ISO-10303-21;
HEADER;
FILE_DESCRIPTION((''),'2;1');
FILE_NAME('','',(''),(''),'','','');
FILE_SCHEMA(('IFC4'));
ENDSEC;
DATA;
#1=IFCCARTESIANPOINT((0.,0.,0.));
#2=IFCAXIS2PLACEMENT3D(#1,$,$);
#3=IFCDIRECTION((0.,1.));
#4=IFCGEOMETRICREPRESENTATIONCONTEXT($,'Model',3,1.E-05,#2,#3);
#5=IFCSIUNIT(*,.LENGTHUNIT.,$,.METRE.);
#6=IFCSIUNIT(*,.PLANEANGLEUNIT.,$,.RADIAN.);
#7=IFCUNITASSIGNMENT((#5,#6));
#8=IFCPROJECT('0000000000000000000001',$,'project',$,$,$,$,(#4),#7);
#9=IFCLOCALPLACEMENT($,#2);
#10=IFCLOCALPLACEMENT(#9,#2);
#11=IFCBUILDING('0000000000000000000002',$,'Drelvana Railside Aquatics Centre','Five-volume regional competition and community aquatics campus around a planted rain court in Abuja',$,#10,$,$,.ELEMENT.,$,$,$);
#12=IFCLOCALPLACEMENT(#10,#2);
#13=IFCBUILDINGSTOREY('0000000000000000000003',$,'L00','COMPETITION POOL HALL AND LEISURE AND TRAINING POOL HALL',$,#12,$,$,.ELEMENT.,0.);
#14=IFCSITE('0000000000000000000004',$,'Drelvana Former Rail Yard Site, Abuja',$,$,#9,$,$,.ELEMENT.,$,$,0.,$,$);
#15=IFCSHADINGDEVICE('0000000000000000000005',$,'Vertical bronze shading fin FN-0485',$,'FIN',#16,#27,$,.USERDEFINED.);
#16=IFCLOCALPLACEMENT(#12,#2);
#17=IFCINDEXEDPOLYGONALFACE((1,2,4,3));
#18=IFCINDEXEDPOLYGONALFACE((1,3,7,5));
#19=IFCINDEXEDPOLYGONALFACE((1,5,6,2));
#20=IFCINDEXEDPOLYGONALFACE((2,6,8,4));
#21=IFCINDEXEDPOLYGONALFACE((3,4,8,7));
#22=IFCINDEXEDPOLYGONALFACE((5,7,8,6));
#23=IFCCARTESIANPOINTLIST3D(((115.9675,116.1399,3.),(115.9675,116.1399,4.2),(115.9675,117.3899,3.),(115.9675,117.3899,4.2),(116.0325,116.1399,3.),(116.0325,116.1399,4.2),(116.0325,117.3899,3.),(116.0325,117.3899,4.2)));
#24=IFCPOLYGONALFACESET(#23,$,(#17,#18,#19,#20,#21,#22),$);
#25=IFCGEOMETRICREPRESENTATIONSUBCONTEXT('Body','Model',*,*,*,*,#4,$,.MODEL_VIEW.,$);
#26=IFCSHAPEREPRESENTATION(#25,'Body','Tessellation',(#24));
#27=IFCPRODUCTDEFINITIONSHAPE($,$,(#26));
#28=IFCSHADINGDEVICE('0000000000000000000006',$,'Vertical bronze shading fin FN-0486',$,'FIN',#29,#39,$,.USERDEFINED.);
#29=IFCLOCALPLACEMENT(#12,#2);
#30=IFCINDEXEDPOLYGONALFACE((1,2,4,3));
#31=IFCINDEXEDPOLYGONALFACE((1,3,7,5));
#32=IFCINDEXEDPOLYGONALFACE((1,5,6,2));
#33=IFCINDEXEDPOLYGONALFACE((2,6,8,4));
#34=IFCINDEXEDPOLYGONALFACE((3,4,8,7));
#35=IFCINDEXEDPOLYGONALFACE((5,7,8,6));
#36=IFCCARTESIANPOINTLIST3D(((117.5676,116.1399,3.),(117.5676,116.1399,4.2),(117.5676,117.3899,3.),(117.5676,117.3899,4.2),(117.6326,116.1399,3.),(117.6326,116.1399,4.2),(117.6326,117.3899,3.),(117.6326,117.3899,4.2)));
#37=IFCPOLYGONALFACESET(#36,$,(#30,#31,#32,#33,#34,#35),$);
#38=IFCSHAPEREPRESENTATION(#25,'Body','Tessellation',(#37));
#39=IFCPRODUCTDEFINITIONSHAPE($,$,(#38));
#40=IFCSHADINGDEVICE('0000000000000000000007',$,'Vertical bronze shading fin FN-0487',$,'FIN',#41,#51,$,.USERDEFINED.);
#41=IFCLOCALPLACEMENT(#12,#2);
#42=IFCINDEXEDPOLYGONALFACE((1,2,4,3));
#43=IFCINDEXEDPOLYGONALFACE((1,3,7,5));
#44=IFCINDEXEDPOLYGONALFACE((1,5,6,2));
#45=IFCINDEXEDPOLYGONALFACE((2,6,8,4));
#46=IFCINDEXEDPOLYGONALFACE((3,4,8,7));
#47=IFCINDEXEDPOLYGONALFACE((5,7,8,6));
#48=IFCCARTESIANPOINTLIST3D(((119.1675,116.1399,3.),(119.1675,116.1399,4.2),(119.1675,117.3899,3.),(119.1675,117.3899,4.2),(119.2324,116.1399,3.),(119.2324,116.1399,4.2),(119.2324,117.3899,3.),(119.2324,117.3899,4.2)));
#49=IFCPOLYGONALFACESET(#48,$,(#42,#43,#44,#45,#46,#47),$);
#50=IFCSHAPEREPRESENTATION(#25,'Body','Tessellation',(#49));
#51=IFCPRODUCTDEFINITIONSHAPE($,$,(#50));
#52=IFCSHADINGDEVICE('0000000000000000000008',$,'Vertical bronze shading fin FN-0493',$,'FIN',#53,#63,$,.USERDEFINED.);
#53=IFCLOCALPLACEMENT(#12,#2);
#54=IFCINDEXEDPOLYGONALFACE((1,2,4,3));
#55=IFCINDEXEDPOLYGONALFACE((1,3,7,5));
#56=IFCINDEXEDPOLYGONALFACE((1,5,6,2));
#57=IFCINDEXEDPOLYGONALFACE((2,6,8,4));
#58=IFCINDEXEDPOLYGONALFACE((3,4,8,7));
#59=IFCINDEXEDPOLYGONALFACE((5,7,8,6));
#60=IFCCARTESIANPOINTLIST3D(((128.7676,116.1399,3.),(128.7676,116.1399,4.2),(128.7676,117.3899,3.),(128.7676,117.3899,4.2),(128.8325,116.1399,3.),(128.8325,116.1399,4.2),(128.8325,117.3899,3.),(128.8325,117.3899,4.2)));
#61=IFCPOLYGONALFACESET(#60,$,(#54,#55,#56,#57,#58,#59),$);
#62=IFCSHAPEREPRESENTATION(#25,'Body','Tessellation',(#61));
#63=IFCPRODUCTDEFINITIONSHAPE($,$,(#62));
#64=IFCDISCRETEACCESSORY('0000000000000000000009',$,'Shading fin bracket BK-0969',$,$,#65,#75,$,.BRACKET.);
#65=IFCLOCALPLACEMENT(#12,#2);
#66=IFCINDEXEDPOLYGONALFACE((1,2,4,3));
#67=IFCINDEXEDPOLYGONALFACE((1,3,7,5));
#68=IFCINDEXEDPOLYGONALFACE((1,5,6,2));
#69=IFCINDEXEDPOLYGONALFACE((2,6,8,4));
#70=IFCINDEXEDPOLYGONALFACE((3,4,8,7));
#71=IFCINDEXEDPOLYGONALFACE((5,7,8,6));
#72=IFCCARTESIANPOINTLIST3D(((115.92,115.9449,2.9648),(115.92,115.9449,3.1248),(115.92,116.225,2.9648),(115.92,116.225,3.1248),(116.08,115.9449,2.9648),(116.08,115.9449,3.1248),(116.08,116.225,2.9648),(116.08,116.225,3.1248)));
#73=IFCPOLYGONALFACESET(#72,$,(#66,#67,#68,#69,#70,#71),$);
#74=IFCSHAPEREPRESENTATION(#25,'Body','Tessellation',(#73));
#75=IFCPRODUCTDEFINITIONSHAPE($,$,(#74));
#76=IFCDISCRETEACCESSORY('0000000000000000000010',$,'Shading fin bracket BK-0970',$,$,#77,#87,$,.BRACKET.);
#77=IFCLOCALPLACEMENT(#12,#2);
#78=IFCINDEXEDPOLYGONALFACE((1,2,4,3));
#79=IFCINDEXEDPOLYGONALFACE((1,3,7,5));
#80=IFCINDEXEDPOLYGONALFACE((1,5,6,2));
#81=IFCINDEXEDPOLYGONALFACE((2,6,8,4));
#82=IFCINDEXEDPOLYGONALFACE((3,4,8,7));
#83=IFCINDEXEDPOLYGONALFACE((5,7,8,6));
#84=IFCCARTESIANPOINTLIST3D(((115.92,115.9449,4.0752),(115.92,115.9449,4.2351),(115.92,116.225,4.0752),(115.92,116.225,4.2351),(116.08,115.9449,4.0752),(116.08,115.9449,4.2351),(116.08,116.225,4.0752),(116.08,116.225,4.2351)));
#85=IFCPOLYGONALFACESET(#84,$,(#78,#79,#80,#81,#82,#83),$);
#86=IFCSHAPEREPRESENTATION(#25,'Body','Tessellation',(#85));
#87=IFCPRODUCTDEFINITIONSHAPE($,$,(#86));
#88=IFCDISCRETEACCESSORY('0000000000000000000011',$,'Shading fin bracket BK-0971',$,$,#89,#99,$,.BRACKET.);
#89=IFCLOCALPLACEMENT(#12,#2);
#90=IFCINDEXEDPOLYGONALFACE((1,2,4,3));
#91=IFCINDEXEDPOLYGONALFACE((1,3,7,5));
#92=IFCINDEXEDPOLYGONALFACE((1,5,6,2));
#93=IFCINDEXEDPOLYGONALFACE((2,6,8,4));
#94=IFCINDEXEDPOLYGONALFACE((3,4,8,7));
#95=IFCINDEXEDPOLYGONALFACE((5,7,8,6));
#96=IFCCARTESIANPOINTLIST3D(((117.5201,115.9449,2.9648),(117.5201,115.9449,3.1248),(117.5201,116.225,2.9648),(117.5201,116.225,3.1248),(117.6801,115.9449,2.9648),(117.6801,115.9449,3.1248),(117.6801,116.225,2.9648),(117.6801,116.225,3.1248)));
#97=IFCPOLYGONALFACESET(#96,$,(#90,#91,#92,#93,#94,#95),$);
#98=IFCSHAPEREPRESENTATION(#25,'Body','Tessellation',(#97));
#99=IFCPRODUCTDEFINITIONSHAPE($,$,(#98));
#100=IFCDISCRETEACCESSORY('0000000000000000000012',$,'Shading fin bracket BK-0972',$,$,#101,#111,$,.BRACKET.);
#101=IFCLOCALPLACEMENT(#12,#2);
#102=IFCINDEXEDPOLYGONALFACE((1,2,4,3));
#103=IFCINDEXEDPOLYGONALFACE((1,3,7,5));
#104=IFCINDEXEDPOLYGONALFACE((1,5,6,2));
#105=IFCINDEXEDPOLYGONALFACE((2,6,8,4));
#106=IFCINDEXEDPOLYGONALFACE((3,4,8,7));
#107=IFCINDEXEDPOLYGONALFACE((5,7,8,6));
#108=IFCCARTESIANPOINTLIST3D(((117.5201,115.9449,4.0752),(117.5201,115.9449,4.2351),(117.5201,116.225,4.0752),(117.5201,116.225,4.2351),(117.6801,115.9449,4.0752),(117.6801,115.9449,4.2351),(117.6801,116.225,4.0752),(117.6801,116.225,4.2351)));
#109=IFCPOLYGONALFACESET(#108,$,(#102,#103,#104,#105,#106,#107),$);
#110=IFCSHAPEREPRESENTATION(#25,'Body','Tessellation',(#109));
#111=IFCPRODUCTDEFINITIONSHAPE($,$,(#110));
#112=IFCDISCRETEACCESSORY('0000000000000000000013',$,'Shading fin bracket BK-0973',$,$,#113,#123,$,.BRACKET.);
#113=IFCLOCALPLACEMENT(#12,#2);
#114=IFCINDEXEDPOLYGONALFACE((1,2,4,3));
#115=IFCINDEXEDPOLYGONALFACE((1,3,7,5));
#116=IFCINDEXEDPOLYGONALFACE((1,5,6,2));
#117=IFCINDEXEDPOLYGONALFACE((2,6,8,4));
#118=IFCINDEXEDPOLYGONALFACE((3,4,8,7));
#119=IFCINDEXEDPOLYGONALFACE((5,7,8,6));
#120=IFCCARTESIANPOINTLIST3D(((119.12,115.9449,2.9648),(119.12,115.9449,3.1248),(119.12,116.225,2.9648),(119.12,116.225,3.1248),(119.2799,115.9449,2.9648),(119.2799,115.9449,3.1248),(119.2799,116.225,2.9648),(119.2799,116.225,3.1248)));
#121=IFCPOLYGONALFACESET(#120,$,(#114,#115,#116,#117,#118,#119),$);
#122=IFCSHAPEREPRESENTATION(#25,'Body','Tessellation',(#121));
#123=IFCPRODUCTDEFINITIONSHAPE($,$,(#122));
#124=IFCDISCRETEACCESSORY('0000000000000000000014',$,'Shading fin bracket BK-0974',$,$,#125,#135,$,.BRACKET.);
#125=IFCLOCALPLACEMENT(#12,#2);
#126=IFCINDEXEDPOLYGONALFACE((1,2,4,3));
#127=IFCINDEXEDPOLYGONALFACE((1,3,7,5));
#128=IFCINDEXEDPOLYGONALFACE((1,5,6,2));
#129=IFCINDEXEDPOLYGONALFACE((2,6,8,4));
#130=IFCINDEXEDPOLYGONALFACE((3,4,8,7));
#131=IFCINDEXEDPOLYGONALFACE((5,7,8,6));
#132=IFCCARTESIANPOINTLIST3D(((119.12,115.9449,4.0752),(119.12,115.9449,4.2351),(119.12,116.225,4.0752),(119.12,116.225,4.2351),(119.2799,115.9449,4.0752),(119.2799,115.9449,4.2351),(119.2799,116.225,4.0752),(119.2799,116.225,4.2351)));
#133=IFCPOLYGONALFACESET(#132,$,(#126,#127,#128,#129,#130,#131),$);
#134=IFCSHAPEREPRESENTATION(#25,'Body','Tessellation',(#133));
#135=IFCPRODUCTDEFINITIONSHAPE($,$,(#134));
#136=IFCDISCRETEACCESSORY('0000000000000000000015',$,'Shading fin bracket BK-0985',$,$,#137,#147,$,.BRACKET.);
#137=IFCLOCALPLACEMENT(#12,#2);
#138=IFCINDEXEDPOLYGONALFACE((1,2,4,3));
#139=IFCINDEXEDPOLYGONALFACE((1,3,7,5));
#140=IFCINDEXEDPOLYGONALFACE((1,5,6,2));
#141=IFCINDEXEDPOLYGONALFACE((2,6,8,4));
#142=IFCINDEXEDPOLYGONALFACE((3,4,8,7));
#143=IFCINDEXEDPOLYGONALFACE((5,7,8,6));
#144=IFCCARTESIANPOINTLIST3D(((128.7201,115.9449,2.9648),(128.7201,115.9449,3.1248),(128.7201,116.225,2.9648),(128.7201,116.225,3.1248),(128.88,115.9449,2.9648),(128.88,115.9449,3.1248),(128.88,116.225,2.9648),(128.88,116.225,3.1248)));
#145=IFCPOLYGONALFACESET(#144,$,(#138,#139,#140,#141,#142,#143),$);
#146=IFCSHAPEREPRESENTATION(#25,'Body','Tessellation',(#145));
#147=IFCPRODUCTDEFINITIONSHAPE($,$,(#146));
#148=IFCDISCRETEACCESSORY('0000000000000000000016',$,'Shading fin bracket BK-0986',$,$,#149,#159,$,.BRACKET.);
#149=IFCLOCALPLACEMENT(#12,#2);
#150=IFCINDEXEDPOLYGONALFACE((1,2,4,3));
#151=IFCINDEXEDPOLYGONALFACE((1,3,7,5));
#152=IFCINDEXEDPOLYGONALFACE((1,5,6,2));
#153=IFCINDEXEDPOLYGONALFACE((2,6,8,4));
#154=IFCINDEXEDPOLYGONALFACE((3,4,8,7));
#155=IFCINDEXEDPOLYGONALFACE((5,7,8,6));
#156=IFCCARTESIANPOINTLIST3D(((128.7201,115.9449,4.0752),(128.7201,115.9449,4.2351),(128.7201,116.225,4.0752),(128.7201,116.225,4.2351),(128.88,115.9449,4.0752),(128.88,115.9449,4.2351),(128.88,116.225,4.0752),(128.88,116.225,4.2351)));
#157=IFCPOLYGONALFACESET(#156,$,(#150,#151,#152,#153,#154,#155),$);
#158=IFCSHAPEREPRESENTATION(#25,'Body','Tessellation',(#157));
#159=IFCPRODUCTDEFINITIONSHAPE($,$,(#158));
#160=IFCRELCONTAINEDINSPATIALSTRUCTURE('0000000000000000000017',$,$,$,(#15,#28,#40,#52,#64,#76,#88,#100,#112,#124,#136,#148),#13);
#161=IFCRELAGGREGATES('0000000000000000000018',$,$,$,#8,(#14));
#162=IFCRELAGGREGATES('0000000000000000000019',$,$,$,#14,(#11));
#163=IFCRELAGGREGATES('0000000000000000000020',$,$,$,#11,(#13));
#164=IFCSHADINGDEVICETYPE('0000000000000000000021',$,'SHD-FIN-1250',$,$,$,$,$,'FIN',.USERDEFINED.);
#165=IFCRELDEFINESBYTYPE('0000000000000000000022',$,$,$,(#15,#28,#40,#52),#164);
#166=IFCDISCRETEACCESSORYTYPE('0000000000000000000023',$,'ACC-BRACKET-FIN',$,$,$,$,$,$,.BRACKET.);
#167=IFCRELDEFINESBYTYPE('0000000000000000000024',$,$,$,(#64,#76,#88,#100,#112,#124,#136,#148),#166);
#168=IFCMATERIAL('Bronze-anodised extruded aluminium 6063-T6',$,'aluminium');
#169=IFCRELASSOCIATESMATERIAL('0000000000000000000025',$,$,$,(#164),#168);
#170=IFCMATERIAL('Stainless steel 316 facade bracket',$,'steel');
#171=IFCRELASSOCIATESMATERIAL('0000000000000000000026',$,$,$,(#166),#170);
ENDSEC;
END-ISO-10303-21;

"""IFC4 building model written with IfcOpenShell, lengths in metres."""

from ifc_helpers import new_model, si_unit, direction, frame, origin, origin_2d, place, context, subcontext, project, spatial, rectangle, extrude, material, type_object, element, save


model = new_model("IFC4")

# Units and contexts
model_context = context("Model", 3, precision=1e-05, world=origin(), true_north=direction((0.0, 1.0)))
body_context = subcontext(model_context, "Body", "Model", "MODEL_VIEW")
ifc_project = project(units=[si_unit("LENGTHUNIT", "METRE"), si_unit("PLANEANGLEUNIT", "RADIAN")], contexts=[model_context])

# Site, building, storey
site_placement = place(None, origin())
site = spatial("IfcSite", under=ifc_project, at=site_placement, Name="Drelvana Former Rail Yard Site, Abuja", CompositionType="ELEMENT", RefElevation=0.0)
building_placement = place(site_placement, origin())
building = spatial("IfcBuilding", under=site, at=building_placement, Name="Drelvana Railside Aquatics Centre", Description="Five-volume regional competition and community aquatics campus around a planted rain court in Abuja", CompositionType="ELEMENT")
storey_placement = place(building_placement, origin())
storey = spatial("IfcBuildingStorey", under=building, at=storey_placement, Name="L00", Description="COMPETITION POOL HALL AND LEISURE AND TRAINING POOL HALL", CompositionType="ELEMENT", Elevation=0.0)

# Shared definitions
ifc_material_1 = material(Name="Bronze-anodised extruded aluminium 6063-T6", Category="aluminium")

# Shading devices
shading_device_type = type_object("IfcShadingDeviceType", Name="SHD-FIN-1250", ElementType="FIN", PredefinedType="USERDEFINED", material=ifc_material_1)
for number, where, z_axis, x_axis, name in (
    (1, (116.0, 116.7649, 3.0), (0.0, 0.0, 1.0), (0.0, 1.0, 0.0), "Vertical bronze shading fin FN-0485"),
    (2, (117.6001, 116.7649, 3.0), (0.0, 0.0, 1.0), (0.0, 1.0, 0.0), "Vertical bronze shading fin FN-0486"),
    (3, (119.2, 116.7649, 3.0), (0.0, 0.0, 1.0), (0.0, 1.0, 0.0), "Vertical bronze shading fin FN-0487"),
    (4, (128.8, 116.7649, 3.0), (0.0, 0.0, 1.0), (0.0, 1.0, 0.0), "Vertical bronze shading fin FN-0493"),
):
    element("IfcShadingDevice", number, at=place(storey_placement, frame(where, z_axis=z_axis, x_axis=x_axis)), inside=storey, type_object=shading_device_type, Name=name, ObjectType="FIN", PredefinedType="USERDEFINED", context=body_context, shape_type="SweptSolid", body=[
        extrude(rectangle(XDim=1.25, YDim=0.0649, at=origin_2d()), origin(), (0.0, 0.0, 1.0), 1.2),
    ])

# Discrete accessories
ifc_material_2 = material(Name="Stainless steel 316 facade bracket", Category="steel")
discrete_accessory_type = type_object("IfcDiscreteAccessoryType", Name="ACC-BRACKET-FIN", PredefinedType="BRACKET", material=ifc_material_2)
for number, where, z_axis, x_axis, name in (
    (5, (116.0, 116.085, 2.9648), (0.0, 0.0, 1.0), (0.0, 1.0, 0.0), "Shading fin bracket BK-0969"),
    (6, (116.0, 116.085, 4.0752), (0.0, 0.0, 1.0), (0.0, 1.0, 0.0), "Shading fin bracket BK-0970"),
    (7, (117.6001, 116.085, 2.9648), (0.0, 0.0, 1.0), (0.0, 1.0, 0.0), "Shading fin bracket BK-0971"),
    (8, (117.6001, 116.085, 4.0752), (0.0, 0.0, 1.0), (0.0, 1.0, 0.0), "Shading fin bracket BK-0972"),
    (9, (119.2, 116.085, 2.9648), (0.0, 0.0, 1.0), (0.0, 1.0, 0.0), "Shading fin bracket BK-0973"),
    (10, (119.2, 116.085, 4.0752), (0.0, 0.0, 1.0), (0.0, 1.0, 0.0), "Shading fin bracket BK-0974"),
    (11, (128.8, 116.085, 2.9648), (0.0, 0.0, 1.0), (0.0, 1.0, 0.0), "Shading fin bracket BK-0985"),
    (12, (128.8, 116.085, 4.0752), (0.0, 0.0, 1.0), (0.0, 1.0, 0.0), "Shading fin bracket BK-0986"),
):
    element("IfcDiscreteAccessory", number, at=place(storey_placement, frame(where, z_axis=z_axis, x_axis=x_axis)), inside=storey, type_object=discrete_accessory_type, Name=name, PredefinedType="BRACKET", context=body_context, shape_type="SweptSolid", body=[
        extrude(rectangle(XDim=0.28, YDim=0.1599, at=origin_2d()), origin(), (0.0, 0.0, 1.0), 0.1599),
    ])

save(model, "model.ifc")
